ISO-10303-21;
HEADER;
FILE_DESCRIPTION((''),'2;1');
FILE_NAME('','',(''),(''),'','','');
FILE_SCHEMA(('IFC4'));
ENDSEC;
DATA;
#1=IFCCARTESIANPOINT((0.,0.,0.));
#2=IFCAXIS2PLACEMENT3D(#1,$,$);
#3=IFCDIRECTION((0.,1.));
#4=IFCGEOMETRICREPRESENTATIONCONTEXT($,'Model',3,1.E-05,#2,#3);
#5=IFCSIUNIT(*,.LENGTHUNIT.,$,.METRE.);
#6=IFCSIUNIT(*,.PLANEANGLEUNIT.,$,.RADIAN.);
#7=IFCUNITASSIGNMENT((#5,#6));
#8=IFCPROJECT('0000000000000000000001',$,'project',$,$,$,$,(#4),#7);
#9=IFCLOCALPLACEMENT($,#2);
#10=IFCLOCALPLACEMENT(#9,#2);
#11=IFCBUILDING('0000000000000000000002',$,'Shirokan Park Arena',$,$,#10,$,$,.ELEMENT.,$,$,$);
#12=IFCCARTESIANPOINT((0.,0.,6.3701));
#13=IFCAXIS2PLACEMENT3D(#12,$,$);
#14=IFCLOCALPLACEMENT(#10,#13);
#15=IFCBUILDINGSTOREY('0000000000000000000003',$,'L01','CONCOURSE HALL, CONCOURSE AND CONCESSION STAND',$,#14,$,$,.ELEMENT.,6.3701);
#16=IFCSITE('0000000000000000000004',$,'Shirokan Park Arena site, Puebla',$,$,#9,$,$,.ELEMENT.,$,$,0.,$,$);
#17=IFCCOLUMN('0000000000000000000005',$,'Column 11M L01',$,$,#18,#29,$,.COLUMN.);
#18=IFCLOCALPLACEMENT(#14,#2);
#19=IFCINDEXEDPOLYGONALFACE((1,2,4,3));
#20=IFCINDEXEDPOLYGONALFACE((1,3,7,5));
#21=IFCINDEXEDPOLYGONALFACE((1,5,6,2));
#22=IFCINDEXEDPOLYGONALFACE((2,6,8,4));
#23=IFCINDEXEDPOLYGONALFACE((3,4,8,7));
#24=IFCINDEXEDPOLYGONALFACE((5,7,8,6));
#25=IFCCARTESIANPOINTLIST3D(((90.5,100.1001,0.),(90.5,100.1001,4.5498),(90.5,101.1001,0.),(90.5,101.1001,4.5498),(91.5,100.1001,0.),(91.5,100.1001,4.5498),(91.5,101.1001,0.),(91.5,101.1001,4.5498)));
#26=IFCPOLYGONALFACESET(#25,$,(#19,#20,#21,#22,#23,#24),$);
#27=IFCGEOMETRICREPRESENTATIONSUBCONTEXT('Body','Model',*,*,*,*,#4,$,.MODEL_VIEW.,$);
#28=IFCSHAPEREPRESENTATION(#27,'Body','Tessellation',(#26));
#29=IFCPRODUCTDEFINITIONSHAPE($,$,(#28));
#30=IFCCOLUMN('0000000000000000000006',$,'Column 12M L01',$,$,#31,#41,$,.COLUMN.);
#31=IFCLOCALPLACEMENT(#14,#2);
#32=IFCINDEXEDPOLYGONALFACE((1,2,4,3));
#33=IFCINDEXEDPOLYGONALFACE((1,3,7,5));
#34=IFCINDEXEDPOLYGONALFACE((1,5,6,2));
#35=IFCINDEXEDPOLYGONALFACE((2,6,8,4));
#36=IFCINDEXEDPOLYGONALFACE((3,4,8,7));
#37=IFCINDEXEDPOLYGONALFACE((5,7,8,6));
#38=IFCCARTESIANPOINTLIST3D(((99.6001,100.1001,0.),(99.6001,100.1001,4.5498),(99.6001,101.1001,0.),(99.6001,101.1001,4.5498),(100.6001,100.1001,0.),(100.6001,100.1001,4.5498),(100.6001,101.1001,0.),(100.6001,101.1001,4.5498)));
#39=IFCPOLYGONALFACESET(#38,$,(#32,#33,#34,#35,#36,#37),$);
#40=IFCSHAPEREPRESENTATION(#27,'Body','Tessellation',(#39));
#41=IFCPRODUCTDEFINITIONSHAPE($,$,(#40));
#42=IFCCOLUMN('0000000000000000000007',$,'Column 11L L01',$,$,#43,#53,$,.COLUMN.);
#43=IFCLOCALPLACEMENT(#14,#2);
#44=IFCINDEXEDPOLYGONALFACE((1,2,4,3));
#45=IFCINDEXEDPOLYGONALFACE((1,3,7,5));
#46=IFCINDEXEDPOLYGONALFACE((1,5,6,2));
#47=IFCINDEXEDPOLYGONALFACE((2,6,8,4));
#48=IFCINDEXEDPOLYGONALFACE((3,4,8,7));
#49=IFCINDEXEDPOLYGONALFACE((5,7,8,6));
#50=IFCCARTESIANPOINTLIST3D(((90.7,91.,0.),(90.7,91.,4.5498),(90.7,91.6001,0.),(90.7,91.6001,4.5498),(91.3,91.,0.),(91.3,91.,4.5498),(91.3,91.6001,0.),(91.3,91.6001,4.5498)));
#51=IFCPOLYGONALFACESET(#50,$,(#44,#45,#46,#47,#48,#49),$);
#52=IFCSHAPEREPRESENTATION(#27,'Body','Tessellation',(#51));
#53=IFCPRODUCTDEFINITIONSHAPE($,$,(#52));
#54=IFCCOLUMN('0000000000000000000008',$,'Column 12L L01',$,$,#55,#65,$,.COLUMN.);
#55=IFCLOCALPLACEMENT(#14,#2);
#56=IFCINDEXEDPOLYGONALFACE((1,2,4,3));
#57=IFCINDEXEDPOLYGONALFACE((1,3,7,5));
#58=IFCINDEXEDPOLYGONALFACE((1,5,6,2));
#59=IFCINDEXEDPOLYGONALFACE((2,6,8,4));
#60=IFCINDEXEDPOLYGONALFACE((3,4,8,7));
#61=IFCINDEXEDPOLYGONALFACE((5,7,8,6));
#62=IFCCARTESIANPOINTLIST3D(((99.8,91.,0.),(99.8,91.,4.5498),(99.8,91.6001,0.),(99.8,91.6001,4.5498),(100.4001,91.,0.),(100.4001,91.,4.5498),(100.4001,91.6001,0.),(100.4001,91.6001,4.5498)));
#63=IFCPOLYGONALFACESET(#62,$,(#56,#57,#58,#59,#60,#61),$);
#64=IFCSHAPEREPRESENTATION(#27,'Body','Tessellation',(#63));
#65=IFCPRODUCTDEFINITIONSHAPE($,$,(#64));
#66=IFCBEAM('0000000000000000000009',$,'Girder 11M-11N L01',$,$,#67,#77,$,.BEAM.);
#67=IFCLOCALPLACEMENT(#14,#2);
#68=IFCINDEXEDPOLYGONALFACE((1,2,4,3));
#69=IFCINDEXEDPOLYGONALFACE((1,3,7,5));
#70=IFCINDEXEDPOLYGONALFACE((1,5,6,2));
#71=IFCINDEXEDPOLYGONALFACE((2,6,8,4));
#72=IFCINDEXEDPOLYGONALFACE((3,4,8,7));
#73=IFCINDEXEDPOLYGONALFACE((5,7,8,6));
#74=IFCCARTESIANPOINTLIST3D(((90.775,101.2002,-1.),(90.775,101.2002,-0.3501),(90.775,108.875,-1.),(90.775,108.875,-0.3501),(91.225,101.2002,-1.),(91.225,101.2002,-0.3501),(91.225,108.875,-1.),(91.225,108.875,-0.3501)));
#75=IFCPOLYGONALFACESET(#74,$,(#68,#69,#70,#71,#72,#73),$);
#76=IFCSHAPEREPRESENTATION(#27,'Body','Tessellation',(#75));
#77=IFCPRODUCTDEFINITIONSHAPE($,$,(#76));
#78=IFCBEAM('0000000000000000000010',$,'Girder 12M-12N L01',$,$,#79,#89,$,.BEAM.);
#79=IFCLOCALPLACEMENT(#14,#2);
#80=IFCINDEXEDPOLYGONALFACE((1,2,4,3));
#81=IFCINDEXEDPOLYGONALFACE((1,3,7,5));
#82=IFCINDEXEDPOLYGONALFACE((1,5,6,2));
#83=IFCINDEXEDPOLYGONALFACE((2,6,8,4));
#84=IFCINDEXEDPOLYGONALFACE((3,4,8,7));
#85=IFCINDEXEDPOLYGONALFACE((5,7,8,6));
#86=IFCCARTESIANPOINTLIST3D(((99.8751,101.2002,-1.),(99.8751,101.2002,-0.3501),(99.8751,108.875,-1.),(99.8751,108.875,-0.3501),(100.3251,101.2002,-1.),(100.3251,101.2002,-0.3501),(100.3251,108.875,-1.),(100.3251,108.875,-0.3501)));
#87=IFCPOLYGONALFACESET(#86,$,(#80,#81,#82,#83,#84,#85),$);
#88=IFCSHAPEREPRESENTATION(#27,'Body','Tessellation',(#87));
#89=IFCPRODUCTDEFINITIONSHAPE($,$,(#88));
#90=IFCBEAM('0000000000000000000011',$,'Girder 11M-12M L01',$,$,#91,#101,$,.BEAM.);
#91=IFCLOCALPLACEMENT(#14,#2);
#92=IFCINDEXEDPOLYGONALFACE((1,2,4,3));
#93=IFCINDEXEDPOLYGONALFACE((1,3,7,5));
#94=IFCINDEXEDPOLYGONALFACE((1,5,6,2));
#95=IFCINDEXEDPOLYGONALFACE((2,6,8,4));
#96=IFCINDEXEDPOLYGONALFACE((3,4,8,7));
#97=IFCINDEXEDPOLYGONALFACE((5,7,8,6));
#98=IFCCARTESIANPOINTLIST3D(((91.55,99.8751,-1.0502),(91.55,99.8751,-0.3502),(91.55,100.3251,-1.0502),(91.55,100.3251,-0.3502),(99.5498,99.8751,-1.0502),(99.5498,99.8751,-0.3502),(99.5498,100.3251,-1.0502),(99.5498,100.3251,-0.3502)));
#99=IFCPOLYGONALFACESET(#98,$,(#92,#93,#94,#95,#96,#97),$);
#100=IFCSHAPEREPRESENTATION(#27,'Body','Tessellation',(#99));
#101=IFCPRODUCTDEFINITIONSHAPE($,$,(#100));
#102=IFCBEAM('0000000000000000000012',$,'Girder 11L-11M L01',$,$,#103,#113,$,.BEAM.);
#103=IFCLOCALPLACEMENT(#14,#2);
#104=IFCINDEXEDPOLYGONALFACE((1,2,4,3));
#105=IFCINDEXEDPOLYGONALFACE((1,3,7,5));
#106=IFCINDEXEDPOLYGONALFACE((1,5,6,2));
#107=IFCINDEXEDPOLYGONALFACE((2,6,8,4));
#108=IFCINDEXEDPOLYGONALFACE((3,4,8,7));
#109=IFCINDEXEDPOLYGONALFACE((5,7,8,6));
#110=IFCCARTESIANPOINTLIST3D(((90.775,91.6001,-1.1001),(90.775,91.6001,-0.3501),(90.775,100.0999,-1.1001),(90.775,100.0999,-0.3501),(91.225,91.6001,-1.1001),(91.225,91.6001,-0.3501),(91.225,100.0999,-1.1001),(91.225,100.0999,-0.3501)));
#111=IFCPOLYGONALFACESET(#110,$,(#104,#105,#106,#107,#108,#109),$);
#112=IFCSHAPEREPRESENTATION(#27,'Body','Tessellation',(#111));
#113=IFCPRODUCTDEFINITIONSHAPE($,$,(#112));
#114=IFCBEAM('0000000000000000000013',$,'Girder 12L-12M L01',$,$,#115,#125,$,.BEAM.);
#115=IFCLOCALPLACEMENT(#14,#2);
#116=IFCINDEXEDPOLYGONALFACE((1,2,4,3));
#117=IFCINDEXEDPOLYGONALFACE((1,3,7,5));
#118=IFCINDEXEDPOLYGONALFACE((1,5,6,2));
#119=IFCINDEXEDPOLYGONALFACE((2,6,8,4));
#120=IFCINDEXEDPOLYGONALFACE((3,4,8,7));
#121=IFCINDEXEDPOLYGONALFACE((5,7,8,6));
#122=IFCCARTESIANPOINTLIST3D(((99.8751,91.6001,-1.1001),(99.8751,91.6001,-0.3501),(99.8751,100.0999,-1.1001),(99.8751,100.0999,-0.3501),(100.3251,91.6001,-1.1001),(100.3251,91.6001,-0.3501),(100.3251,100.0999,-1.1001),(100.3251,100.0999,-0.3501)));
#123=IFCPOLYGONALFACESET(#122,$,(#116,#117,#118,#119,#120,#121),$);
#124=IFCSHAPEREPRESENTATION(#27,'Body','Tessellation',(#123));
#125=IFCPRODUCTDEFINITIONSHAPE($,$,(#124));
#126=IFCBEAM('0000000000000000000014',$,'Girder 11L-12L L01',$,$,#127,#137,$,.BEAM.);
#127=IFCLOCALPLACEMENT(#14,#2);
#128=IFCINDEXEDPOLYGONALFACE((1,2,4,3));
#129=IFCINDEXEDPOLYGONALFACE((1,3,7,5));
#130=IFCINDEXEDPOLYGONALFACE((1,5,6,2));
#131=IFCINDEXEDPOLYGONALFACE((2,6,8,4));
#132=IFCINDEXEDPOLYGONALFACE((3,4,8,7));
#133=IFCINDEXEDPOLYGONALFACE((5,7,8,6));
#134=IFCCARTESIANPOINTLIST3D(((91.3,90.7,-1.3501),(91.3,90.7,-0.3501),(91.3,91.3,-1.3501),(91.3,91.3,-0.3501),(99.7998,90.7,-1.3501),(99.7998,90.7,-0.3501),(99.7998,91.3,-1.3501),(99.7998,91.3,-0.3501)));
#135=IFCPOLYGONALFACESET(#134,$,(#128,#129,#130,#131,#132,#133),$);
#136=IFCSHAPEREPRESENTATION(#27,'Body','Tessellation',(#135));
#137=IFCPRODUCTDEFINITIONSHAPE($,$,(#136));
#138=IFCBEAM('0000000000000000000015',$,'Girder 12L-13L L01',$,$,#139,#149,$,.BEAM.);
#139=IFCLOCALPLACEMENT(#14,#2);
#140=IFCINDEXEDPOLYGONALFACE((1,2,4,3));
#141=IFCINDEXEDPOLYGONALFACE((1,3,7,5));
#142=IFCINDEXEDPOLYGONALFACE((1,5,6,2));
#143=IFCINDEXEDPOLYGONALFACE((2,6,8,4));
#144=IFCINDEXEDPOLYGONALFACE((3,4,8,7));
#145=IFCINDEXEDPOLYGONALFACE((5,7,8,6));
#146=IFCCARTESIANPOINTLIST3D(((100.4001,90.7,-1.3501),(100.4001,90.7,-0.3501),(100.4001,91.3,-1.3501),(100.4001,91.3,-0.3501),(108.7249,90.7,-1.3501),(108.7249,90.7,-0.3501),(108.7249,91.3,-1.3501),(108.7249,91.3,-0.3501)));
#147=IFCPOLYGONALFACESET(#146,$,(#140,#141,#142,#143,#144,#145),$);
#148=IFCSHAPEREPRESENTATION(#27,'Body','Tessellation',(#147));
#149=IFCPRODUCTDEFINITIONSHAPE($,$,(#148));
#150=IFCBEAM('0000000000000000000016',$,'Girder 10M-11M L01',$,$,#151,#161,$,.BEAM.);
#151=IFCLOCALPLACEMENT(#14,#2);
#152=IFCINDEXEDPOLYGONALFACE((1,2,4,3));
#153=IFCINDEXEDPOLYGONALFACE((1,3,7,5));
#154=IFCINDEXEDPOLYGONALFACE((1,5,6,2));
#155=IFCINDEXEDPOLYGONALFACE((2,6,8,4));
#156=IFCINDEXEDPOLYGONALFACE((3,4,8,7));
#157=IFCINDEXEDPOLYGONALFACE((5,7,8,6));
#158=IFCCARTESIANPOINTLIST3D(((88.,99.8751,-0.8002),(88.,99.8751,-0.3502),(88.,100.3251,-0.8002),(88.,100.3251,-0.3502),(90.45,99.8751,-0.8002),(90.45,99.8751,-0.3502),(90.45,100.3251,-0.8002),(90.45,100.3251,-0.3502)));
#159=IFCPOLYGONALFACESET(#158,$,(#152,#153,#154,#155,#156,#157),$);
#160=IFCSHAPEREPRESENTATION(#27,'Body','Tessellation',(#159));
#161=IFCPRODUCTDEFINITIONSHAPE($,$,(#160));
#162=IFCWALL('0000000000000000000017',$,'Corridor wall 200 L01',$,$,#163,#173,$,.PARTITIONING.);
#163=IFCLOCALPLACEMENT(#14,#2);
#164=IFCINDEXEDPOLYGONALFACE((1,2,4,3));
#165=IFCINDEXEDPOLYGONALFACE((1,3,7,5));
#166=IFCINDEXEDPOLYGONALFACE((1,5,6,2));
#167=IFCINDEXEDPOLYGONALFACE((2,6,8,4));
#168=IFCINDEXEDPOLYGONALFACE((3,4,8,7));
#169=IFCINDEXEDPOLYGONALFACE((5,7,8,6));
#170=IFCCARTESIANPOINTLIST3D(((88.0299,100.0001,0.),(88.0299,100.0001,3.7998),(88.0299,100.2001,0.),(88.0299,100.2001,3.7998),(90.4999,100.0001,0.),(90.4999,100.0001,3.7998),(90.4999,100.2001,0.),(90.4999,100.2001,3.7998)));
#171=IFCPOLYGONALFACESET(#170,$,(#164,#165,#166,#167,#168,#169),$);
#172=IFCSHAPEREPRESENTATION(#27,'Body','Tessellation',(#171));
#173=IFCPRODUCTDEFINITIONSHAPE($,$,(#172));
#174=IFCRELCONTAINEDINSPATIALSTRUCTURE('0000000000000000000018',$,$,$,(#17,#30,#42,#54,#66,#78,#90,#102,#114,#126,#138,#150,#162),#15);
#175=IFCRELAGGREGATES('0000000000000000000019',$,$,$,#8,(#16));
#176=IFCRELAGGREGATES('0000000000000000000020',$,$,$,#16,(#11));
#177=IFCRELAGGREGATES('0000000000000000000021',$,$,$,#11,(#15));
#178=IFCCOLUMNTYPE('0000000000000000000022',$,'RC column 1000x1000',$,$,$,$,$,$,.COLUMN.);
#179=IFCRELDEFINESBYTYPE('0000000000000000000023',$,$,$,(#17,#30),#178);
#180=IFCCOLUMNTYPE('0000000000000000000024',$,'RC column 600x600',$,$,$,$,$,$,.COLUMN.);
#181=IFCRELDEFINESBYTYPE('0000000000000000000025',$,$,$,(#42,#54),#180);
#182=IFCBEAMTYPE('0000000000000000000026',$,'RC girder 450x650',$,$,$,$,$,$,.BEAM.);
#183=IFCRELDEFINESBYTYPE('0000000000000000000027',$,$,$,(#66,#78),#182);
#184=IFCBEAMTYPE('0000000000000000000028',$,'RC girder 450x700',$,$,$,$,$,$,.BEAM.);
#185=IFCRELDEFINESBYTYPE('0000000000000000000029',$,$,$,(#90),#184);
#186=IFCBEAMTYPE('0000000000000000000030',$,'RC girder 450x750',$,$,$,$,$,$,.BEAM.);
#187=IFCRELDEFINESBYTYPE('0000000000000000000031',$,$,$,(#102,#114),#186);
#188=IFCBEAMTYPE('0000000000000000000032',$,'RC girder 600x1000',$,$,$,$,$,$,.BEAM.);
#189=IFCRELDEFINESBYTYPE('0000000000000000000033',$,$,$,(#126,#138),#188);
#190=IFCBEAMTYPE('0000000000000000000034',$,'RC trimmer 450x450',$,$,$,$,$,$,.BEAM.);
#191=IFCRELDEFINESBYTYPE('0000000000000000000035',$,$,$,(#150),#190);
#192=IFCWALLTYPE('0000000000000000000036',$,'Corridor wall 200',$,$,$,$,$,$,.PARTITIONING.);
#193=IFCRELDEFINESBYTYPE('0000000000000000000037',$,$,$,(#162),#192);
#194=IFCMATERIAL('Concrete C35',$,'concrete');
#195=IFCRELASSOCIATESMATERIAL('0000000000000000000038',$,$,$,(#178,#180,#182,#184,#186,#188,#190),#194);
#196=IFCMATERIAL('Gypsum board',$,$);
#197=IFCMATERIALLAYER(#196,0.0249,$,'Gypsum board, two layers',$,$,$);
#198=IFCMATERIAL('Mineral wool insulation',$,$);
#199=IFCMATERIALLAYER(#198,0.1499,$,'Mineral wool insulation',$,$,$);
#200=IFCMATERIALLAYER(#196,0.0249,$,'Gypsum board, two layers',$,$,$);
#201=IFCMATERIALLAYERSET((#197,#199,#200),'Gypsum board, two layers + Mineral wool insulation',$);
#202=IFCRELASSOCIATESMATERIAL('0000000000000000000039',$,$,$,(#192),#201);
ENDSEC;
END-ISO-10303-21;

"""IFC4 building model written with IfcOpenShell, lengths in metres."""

from ifc_helpers import new_model, si_unit, direction, frame, frame_2d, origin, origin_2d, place, context, subcontext, project, spatial, rectangle, extrude, material, layer, layer_set, material_profile, profile_set, type_object, element, save


model = new_model("IFC4")

# Units and contexts
model_context = context("Model", 3, precision=1e-05, world=origin(), true_north=direction((0.0, 1.0)))
body_context = subcontext(model_context, "Body", "Model", "MODEL_VIEW")
ifc_project = project(units=[si_unit("LENGTHUNIT", "METRE"), si_unit("PLANEANGLEUNIT", "RADIAN")], contexts=[model_context])

# Site, building, storey
site_placement = place(None, origin())
site = spatial("IfcSite", under=ifc_project, at=site_placement, Name="Shirokan Park Arena site, Puebla", CompositionType="ELEMENT", RefElevation=0.0)
building_placement = place(site_placement, origin())
building = spatial("IfcBuilding", under=site, at=building_placement, Name="Shirokan Park Arena", CompositionType="ELEMENT")
storey_placement = place(building_placement, frame((0.0, 0.0, 6.3701)))
storey = spatial("IfcBuildingStorey", under=building, at=storey_placement, Name="L01", Description="CONCOURSE HALL, CONCOURSE AND CONCESSION STAND", CompositionType="ELEMENT", Elevation=6.3701)

# Columns
ifc_material_1 = material(Name="Concrete C35", Category="concrete")
ifc_material_profile_1 = material_profile(ifc_material_1, rectangle(XDim=1.0, YDim=1.0, at=origin_2d()), Name="1000x1000")
ifc_profile_set_1 = profile_set([ifc_material_profile_1], Name="Concrete C35")
column_type_1 = type_object("IfcColumnType", Name="RC column 1000x1000", PredefinedType="COLUMN", material=ifc_profile_set_1)
for number, where, z_axis, x_axis, name in (
    (1, (91.0, 100.6001, 0.0), (0.0, 0.0, 1.0), (1.0, 0.0, 0.0), "Column 11M L01"),
    (2, (100.1001, 100.6001, 0.0), (0.0, 0.0, 1.0), (1.0, 0.0, 0.0), "Column 12M L01"),
):
    element("IfcColumn", number, at=place(storey_placement, frame(where, z_axis=z_axis, x_axis=x_axis)), inside=storey, type_object=column_type_1, Name=name, PredefinedType="COLUMN", context=body_context, shape_type="SweptSolid", body=[
        extrude(rectangle(XDim=1.0, YDim=1.0, at=origin_2d()), origin(), (0.0, 0.0, 1.0), 4.5498),
    ])
ifc_material_profile_2 = material_profile(ifc_material_1, rectangle(XDim=0.6001, YDim=0.6001, at=origin_2d()), Name="600x600")
ifc_profile_set_2 = profile_set([ifc_material_profile_2], Name="Concrete C35")
column_type_2 = type_object("IfcColumnType", Name="RC column 600x600", PredefinedType="COLUMN", material=ifc_profile_set_2)
for number, where, z_axis, x_axis, name in (
    (3, (91.0, 91.3, 0.0), (0.0, 0.0, 1.0), (1.0, 0.0, 0.0), "Column 11L L01"),
    (4, (100.1001, 91.3, 0.0), (0.0, 0.0, 1.0), (1.0, 0.0, 0.0), "Column 12L L01"),
):
    element("IfcColumn", number, at=place(storey_placement, frame(where, z_axis=z_axis, x_axis=x_axis)), inside=storey, type_object=column_type_2, Name=name, PredefinedType="COLUMN", context=body_context, shape_type="SweptSolid", body=[
        extrude(rectangle(XDim=0.6001, YDim=0.6001, at=origin_2d()), origin(), (0.0, 0.0, 1.0), 4.5498),
    ])

# Beams
ifc_material_profile_3 = material_profile(ifc_material_1, rectangle(XDim=0.45, YDim=0.6499, at=origin_2d()), Name="450x650")
ifc_profile_set_3 = profile_set([ifc_material_profile_3], Name="Concrete C35")
beam_type_1 = type_object("IfcBeamType", Name="RC girder 450x650", PredefinedType="BEAM", material=ifc_profile_set_3)
for number, where, z_axis, x_axis, name in (
    (5, (91.0, 101.2002, -0.675), (0.0, 1.0, 0.0), (-1.0, 0.0, 0.0), "Girder 11M-11N L01"),
    (6, (100.1001, 101.2002, -0.675), (0.0, 1.0, 0.0), (-1.0, 0.0, 0.0), "Girder 12M-12N L01"),
):
    element("IfcBeam", number, at=place(storey_placement, frame(where, z_axis=z_axis, x_axis=x_axis)), inside=storey, type_object=beam_type_1, Name=name, PredefinedType="BEAM", context=body_context, shape_type="SweptSolid", body=[
        extrude(rectangle(XDim=0.45, YDim=0.6499, at=origin_2d()), origin(), (0.0, 0.0, 1.0), 7.6748),
    ])
ifc_material_profile_4 = material_profile(ifc_material_1, rectangle(XDim=0.45, YDim=0.7, at=origin_2d()), Name="450x700")
ifc_profile_set_4 = profile_set([ifc_material_profile_4], Name="Concrete C35")
beam_type_2 = type_object("IfcBeamType", Name="RC girder 450x700", PredefinedType="BEAM", material=ifc_profile_set_4)
beam_1_placement = place(storey_placement, frame((91.55, 100.1001, -0.7002), z_axis=(1.0, 0.0, 0.0), x_axis=(0.0, 1.0, 0.0)))
element("IfcBeam", 7, at=beam_1_placement, inside=storey, type_object=beam_type_2, Name="Girder 11M-12M L01", PredefinedType="BEAM", context=body_context, shape_type="SweptSolid", body=[
    extrude(rectangle(XDim=0.45, YDim=0.7, at=origin_2d()), origin(), (0.0, 0.0, 1.0), 7.9998),
])
ifc_material_profile_5 = material_profile(ifc_material_1, rectangle(XDim=0.45, YDim=0.75, at=origin_2d()), Name="450x750")
ifc_profile_set_5 = profile_set([ifc_material_profile_5], Name="Concrete C35")
beam_type_3 = type_object("IfcBeamType", Name="RC girder 450x750", PredefinedType="BEAM", material=ifc_profile_set_5)
for number, where, z_axis, x_axis, name in (
    (8, (91.0, 91.6001, -0.7251), (0.0, 1.0, 0.0), (-1.0, 0.0, 0.0), "Girder 11L-11M L01"),
    (9, (100.1001, 91.6001, -0.7251), (0.0, 1.0, 0.0), (-1.0, 0.0, 0.0), "Girder 12L-12M L01"),
):
    element("IfcBeam", number, at=place(storey_placement, frame(where, z_axis=z_axis, x_axis=x_axis)), inside=storey, type_object=beam_type_3, Name=name, PredefinedType="BEAM", context=body_context, shape_type="SweptSolid", body=[
        extrude(rectangle(XDim=0.45, YDim=0.75, at=origin_2d()), origin(), (0.0, 0.0, 1.0), 8.4998),
    ])
ifc_material_profile_6 = material_profile(ifc_material_1, rectangle(XDim=0.6001, YDim=1.0, at=origin_2d()), Name="600x1000")
ifc_profile_set_6 = profile_set([ifc_material_profile_6], Name="Concrete C35")
beam_type_4 = type_object("IfcBeamType", Name="RC girder 600x1000", PredefinedType="BEAM", material=ifc_profile_set_6)
beam_2_placement = place(storey_placement, frame((91.3, 91.0, -0.8501), z_axis=(1.0, 0.0, 0.0), x_axis=(0.0, 1.0, 0.0)))
element("IfcBeam", 10, at=beam_2_placement, inside=storey, type_object=beam_type_4, Name="Girder 11L-12L L01", PredefinedType="BEAM", context=body_context, shape_type="SweptSolid", body=[
    extrude(rectangle(XDim=0.6001, YDim=1.0, at=origin_2d()), origin(), (0.0, 0.0, 1.0), 8.4998),
])
beam_3_placement = place(storey_placement, frame((100.4001, 91.0, -0.8501), z_axis=(1.0, 0.0, 0.0), x_axis=(0.0, 1.0, 0.0)))
element("IfcBeam", 11, at=beam_3_placement, inside=storey, type_object=beam_type_4, Name="Girder 12L-13L L01", PredefinedType="BEAM", context=body_context, shape_type="SweptSolid", body=[
    extrude(rectangle(XDim=0.6001, YDim=1.0, at=origin_2d()), origin(), (0.0, 0.0, 1.0), 8.3247),
])
ifc_material_profile_7 = material_profile(ifc_material_1, rectangle(XDim=0.45, YDim=0.45, at=origin_2d()), Name="450x450")
ifc_profile_set_7 = profile_set([ifc_material_profile_7], Name="Concrete C35")
beam_type_5 = type_object("IfcBeamType", Name="RC trimmer 450x450", PredefinedType="BEAM", material=ifc_profile_set_7)
beam_4_placement = place(storey_placement, frame((88.0, 100.1001, -0.5752), z_axis=(1.0, 0.0, 0.0), x_axis=(0.0, 1.0, 0.0)))
element("IfcBeam", 12, at=beam_4_placement, inside=storey, type_object=beam_type_5, Name="Girder 10M-11M L01", PredefinedType="BEAM", context=body_context, shape_type="SweptSolid", body=[
    extrude(rectangle(XDim=0.45, YDim=0.45, at=origin_2d()), origin(), (0.0, 0.0, 1.0), 2.45),
])

# Wall
ifc_material_2 = material(Name="Gypsum board")
ifc_layer_1 = layer(ifc_material_2, 0.0249, Name="Gypsum board, two layers")
ifc_material_3 = material(Name="Mineral wool insulation")
ifc_layer_2 = layer(ifc_material_3, 0.1499, Name="Mineral wool insulation")
ifc_layer_3 = layer(ifc_material_2, 0.0249, Name="Gypsum board, two layers")
ifc_layer_set_1 = layer_set([ifc_layer_1, ifc_layer_2, ifc_layer_3], Name="Gypsum board, two layers + Mineral wool insulation")
wall_type_1 = type_object("IfcWallType", Name="Corridor wall 200", PredefinedType="PARTITIONING", material=ifc_layer_set_1)
wall_1_placement = place(storey_placement, frame((88.03, 100.1001, 0.0), z_axis=(0.0, 0.0, 1.0), x_axis=(1.0, 0.0, 0.0)))
element("IfcWall", 13, at=wall_1_placement, inside=storey, type_object=wall_type_1, Name="Corridor wall 200 L01", PredefinedType="PARTITIONING", context=body_context, shape_type="SweptSolid", body=[
    extrude(rectangle(XDim=2.47, YDim=0.2, at=frame_2d((1.2349, 0.0))), origin(), (0.0, 0.0, 1.0), 3.7998),
])

save(model, "model.ifc")
